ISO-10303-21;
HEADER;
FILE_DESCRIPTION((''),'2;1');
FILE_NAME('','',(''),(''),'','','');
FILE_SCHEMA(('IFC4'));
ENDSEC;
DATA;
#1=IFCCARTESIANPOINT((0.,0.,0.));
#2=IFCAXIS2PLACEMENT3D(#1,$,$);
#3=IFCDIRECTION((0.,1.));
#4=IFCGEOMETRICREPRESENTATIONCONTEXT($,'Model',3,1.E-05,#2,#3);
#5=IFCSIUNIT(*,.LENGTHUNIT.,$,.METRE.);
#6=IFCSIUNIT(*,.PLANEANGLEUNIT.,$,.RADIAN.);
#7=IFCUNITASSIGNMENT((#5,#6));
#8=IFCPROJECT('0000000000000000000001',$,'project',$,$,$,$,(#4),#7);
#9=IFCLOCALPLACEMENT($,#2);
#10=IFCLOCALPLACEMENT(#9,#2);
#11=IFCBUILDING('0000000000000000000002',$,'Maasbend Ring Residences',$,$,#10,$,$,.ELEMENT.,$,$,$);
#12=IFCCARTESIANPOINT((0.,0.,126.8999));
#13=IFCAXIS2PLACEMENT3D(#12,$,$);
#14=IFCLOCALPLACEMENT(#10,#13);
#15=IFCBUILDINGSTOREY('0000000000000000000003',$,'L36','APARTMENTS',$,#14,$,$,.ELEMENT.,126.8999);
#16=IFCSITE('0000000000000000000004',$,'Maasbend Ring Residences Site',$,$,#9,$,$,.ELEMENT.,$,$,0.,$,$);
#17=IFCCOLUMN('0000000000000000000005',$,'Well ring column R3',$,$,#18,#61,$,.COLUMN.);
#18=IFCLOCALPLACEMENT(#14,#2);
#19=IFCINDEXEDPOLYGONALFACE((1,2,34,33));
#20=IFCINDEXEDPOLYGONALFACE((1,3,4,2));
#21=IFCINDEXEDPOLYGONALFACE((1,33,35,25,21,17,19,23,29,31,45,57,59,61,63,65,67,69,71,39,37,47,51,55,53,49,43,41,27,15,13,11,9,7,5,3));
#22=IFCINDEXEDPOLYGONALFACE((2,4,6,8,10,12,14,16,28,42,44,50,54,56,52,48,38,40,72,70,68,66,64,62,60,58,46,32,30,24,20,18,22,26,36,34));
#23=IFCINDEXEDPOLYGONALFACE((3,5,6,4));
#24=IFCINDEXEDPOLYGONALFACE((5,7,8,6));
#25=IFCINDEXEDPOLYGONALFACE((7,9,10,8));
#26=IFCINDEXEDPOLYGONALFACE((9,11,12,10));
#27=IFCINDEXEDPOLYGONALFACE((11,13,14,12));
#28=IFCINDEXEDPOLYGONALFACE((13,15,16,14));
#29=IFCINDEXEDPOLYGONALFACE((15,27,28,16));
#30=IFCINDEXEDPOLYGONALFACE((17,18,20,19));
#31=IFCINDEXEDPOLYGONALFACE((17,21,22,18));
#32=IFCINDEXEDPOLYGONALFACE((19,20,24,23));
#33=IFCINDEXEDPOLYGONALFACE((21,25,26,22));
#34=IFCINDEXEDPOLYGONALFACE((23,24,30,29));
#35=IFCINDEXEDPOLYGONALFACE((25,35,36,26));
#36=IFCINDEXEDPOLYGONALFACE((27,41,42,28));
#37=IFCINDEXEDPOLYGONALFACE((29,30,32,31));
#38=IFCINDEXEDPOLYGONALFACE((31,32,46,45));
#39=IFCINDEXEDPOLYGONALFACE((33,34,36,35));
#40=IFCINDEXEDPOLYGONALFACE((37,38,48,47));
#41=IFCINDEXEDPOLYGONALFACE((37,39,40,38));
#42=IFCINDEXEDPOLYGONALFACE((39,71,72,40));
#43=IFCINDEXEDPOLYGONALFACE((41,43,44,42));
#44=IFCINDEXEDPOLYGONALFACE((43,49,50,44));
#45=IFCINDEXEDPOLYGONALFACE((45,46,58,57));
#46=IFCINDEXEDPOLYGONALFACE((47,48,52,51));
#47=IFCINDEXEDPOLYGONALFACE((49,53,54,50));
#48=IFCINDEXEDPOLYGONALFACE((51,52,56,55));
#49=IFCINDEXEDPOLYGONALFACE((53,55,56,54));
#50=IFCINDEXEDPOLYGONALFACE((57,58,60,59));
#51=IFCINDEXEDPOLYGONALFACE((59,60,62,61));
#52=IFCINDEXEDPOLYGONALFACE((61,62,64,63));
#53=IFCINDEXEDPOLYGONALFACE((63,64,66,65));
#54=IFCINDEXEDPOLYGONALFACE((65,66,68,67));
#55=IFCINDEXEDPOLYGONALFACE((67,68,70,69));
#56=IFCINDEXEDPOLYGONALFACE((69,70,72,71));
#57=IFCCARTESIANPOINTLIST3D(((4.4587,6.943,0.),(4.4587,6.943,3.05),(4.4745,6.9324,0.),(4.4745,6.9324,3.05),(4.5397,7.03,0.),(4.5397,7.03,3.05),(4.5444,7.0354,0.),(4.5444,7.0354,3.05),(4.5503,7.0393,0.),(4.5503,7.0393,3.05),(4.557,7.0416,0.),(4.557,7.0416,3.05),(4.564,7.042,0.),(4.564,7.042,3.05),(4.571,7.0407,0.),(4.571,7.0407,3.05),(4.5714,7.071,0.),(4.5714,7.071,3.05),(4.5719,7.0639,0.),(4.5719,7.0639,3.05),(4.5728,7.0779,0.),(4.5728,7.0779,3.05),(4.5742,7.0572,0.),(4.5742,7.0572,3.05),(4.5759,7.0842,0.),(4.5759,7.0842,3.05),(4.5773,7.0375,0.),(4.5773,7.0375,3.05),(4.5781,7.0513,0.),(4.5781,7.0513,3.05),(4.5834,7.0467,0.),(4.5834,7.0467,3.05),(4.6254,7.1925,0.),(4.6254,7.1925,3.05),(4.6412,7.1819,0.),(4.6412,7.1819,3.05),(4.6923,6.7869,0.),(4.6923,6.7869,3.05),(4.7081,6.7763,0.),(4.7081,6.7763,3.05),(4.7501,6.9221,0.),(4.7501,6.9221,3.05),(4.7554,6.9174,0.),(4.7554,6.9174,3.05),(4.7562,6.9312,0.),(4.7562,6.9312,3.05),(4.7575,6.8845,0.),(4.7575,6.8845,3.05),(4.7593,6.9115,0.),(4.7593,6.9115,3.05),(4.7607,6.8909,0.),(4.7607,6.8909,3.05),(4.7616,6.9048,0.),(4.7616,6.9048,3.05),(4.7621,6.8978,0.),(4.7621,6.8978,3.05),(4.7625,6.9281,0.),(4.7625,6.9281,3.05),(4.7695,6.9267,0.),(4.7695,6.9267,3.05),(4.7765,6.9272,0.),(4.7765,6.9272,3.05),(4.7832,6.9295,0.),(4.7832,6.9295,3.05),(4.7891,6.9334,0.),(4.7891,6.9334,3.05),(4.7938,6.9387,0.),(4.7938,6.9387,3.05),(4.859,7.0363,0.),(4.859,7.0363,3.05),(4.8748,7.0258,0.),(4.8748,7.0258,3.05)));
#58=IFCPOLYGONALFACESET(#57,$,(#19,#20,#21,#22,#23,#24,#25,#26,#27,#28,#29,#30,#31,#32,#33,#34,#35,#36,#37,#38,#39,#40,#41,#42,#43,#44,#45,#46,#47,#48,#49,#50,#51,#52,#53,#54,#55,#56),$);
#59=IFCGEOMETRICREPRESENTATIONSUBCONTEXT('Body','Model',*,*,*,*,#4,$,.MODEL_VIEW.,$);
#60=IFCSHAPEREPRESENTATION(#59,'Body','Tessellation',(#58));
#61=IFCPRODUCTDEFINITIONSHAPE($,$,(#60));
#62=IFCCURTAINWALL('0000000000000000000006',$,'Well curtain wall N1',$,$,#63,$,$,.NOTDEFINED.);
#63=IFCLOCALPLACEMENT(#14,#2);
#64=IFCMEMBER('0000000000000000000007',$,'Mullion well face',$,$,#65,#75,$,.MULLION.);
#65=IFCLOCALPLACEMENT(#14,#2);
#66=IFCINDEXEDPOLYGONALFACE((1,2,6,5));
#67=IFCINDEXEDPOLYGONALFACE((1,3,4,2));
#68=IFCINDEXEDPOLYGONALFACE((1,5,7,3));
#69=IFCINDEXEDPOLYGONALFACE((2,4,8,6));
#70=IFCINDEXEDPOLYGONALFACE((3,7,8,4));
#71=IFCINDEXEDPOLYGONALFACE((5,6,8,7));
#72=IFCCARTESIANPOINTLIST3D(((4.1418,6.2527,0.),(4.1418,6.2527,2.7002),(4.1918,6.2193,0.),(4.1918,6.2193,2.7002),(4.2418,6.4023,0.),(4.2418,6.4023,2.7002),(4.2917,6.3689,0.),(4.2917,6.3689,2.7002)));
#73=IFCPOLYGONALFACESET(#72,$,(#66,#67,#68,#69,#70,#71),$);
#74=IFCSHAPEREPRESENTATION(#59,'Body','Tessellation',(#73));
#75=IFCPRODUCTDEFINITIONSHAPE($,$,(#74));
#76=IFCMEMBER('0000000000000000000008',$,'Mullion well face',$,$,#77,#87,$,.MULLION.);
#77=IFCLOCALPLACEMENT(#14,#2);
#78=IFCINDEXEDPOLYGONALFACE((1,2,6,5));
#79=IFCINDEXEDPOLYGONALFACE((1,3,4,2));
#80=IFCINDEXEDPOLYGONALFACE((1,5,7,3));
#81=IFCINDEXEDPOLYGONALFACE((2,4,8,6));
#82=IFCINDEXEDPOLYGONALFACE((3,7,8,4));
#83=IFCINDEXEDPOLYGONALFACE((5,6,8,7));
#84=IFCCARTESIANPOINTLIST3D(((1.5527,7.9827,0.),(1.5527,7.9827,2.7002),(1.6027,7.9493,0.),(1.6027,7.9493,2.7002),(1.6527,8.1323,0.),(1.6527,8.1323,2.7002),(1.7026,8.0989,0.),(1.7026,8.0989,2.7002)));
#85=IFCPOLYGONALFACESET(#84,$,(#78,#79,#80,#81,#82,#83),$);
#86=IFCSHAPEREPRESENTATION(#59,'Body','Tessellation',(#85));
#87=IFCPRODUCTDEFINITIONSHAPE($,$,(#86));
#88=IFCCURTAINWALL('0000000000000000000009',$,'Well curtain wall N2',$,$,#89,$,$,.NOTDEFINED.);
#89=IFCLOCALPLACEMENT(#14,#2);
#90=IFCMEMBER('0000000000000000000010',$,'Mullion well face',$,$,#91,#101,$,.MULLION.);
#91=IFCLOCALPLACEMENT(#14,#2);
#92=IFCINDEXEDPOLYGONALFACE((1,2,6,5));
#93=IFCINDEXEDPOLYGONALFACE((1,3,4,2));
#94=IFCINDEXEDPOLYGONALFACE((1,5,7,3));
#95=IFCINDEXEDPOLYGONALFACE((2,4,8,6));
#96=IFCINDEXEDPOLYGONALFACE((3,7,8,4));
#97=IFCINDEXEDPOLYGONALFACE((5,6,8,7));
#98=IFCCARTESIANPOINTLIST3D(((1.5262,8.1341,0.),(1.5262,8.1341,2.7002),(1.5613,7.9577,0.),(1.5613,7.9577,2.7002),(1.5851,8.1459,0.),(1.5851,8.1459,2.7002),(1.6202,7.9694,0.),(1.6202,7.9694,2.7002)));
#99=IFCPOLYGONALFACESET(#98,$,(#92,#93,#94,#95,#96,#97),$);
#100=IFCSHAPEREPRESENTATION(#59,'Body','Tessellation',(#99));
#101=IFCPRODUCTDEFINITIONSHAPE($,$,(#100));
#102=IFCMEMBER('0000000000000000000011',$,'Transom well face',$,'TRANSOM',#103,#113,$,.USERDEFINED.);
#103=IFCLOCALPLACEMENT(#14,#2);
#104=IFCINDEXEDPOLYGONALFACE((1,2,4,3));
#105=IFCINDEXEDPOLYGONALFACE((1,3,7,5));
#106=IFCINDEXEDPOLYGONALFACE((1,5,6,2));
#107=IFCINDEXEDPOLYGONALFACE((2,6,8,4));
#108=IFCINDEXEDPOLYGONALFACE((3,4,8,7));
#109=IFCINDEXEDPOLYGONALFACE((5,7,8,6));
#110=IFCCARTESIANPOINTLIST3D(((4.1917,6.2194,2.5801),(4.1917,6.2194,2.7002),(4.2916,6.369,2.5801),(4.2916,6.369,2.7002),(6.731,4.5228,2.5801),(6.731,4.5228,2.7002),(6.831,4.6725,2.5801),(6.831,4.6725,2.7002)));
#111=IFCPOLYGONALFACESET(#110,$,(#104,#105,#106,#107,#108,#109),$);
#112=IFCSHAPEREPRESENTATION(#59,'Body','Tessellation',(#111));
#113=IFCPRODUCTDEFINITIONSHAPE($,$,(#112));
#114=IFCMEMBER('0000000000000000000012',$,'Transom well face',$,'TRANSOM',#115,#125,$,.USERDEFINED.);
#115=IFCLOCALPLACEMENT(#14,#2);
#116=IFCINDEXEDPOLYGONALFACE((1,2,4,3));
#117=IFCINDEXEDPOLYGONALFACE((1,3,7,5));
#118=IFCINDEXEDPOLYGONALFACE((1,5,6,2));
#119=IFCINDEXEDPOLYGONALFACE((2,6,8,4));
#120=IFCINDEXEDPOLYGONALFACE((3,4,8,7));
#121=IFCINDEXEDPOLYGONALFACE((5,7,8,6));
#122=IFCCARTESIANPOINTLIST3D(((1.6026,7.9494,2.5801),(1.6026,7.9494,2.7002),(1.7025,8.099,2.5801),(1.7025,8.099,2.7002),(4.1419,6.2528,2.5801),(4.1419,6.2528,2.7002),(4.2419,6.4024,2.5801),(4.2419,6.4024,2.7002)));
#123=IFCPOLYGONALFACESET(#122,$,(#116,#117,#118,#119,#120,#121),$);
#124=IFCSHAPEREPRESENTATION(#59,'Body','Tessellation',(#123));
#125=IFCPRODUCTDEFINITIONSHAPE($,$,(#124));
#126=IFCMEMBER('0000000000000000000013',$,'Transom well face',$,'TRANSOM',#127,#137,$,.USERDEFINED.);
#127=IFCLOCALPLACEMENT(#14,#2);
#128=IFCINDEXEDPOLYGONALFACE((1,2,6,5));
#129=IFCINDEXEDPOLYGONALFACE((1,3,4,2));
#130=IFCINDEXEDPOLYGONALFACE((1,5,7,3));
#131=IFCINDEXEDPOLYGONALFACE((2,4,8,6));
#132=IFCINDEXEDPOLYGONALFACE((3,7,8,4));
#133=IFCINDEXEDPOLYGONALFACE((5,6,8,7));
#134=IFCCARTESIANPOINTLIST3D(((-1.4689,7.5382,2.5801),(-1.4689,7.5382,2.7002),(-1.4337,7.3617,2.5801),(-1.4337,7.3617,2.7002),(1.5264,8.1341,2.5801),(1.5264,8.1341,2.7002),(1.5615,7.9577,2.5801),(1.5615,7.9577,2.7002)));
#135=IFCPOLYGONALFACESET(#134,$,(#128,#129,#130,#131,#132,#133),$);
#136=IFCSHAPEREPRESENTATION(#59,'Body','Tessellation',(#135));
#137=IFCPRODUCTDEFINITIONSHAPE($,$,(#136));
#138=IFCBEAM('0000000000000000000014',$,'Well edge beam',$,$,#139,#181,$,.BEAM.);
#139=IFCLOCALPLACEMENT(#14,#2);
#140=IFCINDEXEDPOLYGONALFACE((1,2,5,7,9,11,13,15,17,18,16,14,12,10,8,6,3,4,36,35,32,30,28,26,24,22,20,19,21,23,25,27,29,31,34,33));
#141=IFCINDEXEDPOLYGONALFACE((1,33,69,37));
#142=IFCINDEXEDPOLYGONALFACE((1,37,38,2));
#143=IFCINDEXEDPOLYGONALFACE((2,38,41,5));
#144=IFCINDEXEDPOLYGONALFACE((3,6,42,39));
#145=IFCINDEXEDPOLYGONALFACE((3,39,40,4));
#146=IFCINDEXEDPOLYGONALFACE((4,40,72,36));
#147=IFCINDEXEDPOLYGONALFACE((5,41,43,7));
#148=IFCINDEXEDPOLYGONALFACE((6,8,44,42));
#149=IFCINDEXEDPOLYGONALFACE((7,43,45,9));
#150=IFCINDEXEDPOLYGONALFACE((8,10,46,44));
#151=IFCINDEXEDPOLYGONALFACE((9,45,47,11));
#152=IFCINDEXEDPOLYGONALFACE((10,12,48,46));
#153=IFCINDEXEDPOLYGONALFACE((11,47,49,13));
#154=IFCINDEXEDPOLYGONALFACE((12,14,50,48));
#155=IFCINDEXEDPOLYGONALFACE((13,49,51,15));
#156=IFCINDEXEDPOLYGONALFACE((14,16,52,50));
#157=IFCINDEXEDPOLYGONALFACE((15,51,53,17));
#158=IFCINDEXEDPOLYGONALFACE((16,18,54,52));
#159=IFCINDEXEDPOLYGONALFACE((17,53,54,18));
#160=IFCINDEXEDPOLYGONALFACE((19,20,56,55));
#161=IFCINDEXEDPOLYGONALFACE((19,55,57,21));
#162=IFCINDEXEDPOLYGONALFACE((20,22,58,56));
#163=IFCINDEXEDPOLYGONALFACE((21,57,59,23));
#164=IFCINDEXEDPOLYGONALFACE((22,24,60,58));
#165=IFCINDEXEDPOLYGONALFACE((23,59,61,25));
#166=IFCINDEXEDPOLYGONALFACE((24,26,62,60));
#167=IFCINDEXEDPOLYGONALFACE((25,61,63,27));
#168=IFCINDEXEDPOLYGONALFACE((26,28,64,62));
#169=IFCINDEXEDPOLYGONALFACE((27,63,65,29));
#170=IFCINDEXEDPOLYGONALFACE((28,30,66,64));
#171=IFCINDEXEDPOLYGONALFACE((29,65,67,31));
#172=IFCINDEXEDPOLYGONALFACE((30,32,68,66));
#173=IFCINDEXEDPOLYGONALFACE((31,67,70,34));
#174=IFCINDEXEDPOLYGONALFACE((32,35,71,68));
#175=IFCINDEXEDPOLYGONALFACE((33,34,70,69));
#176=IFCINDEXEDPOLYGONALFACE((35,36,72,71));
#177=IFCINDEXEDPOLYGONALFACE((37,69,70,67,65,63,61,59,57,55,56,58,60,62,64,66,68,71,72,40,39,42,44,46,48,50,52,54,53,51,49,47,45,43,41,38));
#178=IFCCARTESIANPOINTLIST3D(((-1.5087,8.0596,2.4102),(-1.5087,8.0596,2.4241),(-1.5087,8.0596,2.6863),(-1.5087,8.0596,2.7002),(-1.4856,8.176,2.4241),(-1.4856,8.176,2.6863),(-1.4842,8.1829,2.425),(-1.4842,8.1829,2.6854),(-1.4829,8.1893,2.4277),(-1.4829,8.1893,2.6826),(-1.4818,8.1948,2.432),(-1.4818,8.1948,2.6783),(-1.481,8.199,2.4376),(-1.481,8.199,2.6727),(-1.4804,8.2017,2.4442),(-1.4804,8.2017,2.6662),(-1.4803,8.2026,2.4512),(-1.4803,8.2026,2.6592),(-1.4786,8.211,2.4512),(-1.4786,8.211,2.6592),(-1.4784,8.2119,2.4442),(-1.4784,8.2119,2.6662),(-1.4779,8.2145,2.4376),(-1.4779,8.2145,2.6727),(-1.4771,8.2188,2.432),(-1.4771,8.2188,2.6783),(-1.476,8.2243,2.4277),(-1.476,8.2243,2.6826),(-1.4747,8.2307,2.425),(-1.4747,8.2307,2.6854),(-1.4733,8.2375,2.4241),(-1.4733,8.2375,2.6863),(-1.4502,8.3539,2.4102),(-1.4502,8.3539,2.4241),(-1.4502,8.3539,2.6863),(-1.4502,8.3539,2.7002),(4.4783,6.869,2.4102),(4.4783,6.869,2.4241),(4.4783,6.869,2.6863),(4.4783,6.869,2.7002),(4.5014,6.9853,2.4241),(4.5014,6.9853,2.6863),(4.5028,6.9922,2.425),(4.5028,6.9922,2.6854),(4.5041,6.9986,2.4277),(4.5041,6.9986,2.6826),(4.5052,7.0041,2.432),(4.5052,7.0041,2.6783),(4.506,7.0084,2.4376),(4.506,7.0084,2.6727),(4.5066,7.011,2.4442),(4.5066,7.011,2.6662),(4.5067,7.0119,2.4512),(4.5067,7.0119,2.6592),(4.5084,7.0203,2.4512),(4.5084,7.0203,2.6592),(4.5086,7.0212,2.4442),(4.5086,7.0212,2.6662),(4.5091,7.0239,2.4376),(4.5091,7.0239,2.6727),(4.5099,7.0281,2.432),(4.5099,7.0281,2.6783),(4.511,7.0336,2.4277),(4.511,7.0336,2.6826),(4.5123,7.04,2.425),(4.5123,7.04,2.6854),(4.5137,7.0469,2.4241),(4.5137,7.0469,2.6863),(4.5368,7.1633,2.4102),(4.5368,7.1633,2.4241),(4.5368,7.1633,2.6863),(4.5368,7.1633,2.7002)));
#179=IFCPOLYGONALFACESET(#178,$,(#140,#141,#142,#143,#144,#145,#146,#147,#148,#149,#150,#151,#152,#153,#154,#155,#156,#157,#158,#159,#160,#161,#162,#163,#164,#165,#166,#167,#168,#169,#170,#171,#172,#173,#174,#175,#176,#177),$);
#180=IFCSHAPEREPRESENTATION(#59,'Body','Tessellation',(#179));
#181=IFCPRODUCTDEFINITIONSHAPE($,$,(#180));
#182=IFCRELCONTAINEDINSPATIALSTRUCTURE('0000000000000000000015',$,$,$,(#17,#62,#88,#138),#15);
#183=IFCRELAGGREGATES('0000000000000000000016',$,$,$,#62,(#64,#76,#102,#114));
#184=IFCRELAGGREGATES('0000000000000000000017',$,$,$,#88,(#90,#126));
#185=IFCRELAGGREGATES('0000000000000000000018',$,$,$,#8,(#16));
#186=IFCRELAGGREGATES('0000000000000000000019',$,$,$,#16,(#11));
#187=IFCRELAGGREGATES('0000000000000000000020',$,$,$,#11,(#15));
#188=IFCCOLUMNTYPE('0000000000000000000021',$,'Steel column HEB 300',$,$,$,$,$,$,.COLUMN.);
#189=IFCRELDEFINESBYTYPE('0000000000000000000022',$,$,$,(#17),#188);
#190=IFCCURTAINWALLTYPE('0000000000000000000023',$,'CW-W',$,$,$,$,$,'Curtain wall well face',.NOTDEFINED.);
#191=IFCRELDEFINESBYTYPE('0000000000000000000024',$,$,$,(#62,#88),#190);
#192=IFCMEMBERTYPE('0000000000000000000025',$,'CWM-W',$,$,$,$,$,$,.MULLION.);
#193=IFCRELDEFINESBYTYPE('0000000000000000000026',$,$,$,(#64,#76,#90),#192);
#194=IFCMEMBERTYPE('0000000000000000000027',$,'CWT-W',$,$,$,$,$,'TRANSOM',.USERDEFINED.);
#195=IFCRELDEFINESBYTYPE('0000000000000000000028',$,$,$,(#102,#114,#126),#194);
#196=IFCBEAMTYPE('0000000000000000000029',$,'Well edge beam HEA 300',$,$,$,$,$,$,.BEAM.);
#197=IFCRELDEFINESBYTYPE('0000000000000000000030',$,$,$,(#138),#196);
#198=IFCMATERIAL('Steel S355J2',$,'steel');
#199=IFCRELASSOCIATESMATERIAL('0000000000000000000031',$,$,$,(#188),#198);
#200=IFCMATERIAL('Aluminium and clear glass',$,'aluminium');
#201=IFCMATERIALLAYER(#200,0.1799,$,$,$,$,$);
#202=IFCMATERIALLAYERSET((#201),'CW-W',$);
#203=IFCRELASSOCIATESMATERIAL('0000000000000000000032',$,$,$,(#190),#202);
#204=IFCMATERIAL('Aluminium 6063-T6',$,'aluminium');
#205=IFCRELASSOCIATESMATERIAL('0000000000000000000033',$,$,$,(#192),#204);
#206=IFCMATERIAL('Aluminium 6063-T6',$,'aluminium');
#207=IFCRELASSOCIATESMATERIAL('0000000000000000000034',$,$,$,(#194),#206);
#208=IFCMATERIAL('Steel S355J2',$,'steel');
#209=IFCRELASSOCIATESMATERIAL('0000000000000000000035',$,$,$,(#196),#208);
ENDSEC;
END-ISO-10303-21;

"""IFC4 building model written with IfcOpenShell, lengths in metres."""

from ifc_helpers import new_model, si_unit, direction, frame, origin, origin_2d, place, context, subcontext, project, spatial, rectangle, i_section, extrude, material, layer, layer_set, material_profile, profile_set, type_object, element, aggregate, save


model = new_model("IFC4")

# Units and contexts
model_context = context("Model", 3, precision=1e-05, world=origin(), true_north=direction((0.0, 1.0)))
body_context = subcontext(model_context, "Body", "Model", "MODEL_VIEW")
ifc_project = project(units=[si_unit("LENGTHUNIT", "METRE"), si_unit("PLANEANGLEUNIT", "RADIAN")], contexts=[model_context])

# Site, building, storey
site_placement = place(None, origin())
site = spatial("IfcSite", under=ifc_project, at=site_placement, Name="Maasbend Ring Residences Site", CompositionType="ELEMENT", RefElevation=0.0)
building_placement = place(site_placement, origin())
building = spatial("IfcBuilding", under=site, at=building_placement, Name="Maasbend Ring Residences", CompositionType="ELEMENT")
storey_placement = place(building_placement, frame((0.0, 0.0, 126.8999)))
storey = spatial("IfcBuildingStorey", under=building, at=storey_placement, Name="L36", Description="APARTMENTS", CompositionType="ELEMENT", Elevation=126.8999)

# Column
ifc_material_1 = material(Name="Steel S355J2", Category="steel")
ifc_material_profile_1 = material_profile(ifc_material_1, i_section(OverallWidth=0.3, OverallDepth=0.3, WebThickness=0.011, FlangeThickness=0.019, FilletRadius=0.0271, at=origin_2d()), Name="HEB 300")
ifc_profile_set_1 = profile_set([ifc_material_profile_1], Name="Steel S355J2")
column_type = type_object("IfcColumnType", Name="Steel column HEB 300", PredefinedType="COLUMN", material=ifc_profile_set_1)
column_placement = place(storey_placement, frame((4.6667, 6.9844, 0.0), z_axis=(0.0, 0.0, 1.0), x_axis=(0.55557, 0.83147, 0.0)))
element("IfcColumn", 1, at=column_placement, inside=storey, type_object=column_type, Name="Well ring column R3", PredefinedType="COLUMN", context=body_context, shape_type="SweptSolid", body=[
    extrude(i_section(OverallWidth=0.3, OverallDepth=0.3, WebThickness=0.011, FlangeThickness=0.019, FilletRadius=0.0271, at=origin_2d()), origin(), (0.0, 0.0, 1.0), 3.05),
])

# Curtain wall, members
ifc_material_2 = material(Name="Aluminium and clear glass", Category="aluminium")
ifc_layer_1 = layer(ifc_material_2, 0.1799)
ifc_layer_set_1 = layer_set([ifc_layer_1], Name="CW-W")
curtain_wall_type = type_object("IfcCurtainWallType", Name="CW-W", ElementType="Curtain wall well face", PredefinedType="NOTDEFINED", material=ifc_layer_set_1)
curtain_wall_1_placement = place(storey_placement, origin())
curtain_wall_1 = element("IfcCurtainWall", 2, at=curtain_wall_1_placement, inside=storey, type_object=curtain_wall_type, Name="Well curtain wall N1", PredefinedType="NOTDEFINED")
ifc_material_3 = material(Name="Aluminium 6063-T6", Category="aluminium")
ifc_material_profile_2 = material_profile(ifc_material_3, rectangle(XDim=0.1799, YDim=0.0601, at=origin_2d()), Name="AL 180x60")
ifc_profile_set_2 = profile_set([ifc_material_profile_2], Name="Aluminium 6063-T6")
member_type_1 = type_object("IfcMemberType", Name="CWM-W", PredefinedType="MULLION", material=ifc_profile_set_2)
member_1_placement = place(storey_placement, frame((4.2168, 6.3108, 0.0), z_axis=(0.0, 0.0, 1.0), x_axis=(-0.55557, -0.83147, 0.0)))
member_1 = element("IfcMember", 3, at=member_1_placement, type_object=member_type_1, Name="Mullion well face", PredefinedType="MULLION", context=body_context, shape_type="SweptSolid", body=[
    extrude(rectangle(XDim=0.1799, YDim=0.0601, at=origin_2d()), origin(), (0.0, 0.0, 1.0), 2.7002),
])
member_2_placement = place(storey_placement, frame((1.6277, 8.0408, 0.0), z_axis=(0.0, 0.0, 1.0), x_axis=(-0.55557, -0.83147, 0.0)))
member_2 = element("IfcMember", 4, at=member_2_placement, type_object=member_type_1, Name="Mullion well face", PredefinedType="MULLION", context=body_context, shape_type="SweptSolid", body=[
    extrude(rectangle(XDim=0.1799, YDim=0.0601, at=origin_2d()), origin(), (0.0, 0.0, 1.0), 2.7002),
])

# Curtain wall, member
curtain_wall_2_placement = place(storey_placement, origin())
curtain_wall_2 = element("IfcCurtainWall", 5, at=curtain_wall_2_placement, inside=storey, type_object=curtain_wall_type, Name="Well curtain wall N2", PredefinedType="NOTDEFINED")
member_3_placement = place(storey_placement, frame((1.5732, 8.0518, 0.0), z_axis=(0.0, 0.0, 1.0), x_axis=(0.19509, -0.980785, 0.0)))
member_3 = element("IfcMember", 6, at=member_3_placement, type_object=member_type_1, Name="Mullion well face", PredefinedType="MULLION", context=body_context, shape_type="SweptSolid", body=[
    extrude(rectangle(XDim=0.1799, YDim=0.0601, at=origin_2d()), origin(), (0.0, 0.0, 1.0), 2.7002),
])

# Members
ifc_material_4 = material(Name="Aluminium 6063-T6", Category="aluminium")
ifc_material_profile_3 = material_profile(ifc_material_4, rectangle(XDim=0.1799, YDim=0.1201, at=origin_2d()), Name="AL 180x120")
ifc_profile_set_3 = profile_set([ifc_material_profile_3], Name="Aluminium 6063-T6")
member_type_2 = type_object("IfcMemberType", Name="CWT-W", ElementType="TRANSOM", PredefinedType="USERDEFINED", material=ifc_profile_set_3)
member_4_placement = place(storey_placement, frame((6.781, 4.5977, 2.6401), z_axis=(-0.831496, 0.55553, 0.0), x_axis=(-0.55553, -0.831496, 0.0)))
member_4 = element("IfcMember", 7, at=member_4_placement, type_object=member_type_2, Name="Transom well face", ObjectType="TRANSOM", PredefinedType="USERDEFINED", context=body_context, shape_type="SweptSolid", body=[
    extrude(rectangle(XDim=0.1799, YDim=0.1201, at=origin_2d()), origin(), (0.0, 0.0, 1.0), 3.054),
])
member_5_placement = place(storey_placement, frame((4.1919, 6.3276, 2.6401), z_axis=(-0.831496, 0.55553, 0.0), x_axis=(-0.55553, -0.831496, 0.0)))
member_5 = element("IfcMember", 8, at=member_5_placement, type_object=member_type_2, Name="Transom well face", ObjectType="TRANSOM", PredefinedType="USERDEFINED", context=body_context, shape_type="SweptSolid", body=[
    extrude(rectangle(XDim=0.1799, YDim=0.1201, at=origin_2d()), origin(), (0.0, 0.0, 1.0), 3.054),
])
member_6_placement = place(storey_placement, frame((1.5439, 8.0459, 2.6401), z_axis=(-0.980777, -0.195132, 0.0), x_axis=(0.195132, -0.980777, 0.0)))
member_6 = element("IfcMember", 9, at=member_6_placement, type_object=member_type_2, Name="Transom well face", ObjectType="TRANSOM", PredefinedType="USERDEFINED", context=body_context, shape_type="SweptSolid", body=[
    extrude(rectangle(XDim=0.1799, YDim=0.1201, at=origin_2d()), origin(), (0.0, 0.0, 1.0), 3.054),
])

# Beam
ifc_material_5 = material(Name="Steel S355J2", Category="steel")
ifc_material_profile_4 = material_profile(ifc_material_5, i_section(OverallWidth=0.3, OverallDepth=0.29, WebThickness=0.0085, FlangeThickness=0.0139, FilletRadius=0.0271, at=origin_2d()), Name="HEA 300")
ifc_profile_set_4 = profile_set([ifc_material_profile_4], Name="Steel S355J2")
beam_type = type_object("IfcBeamType", Name="Well edge beam HEA 300", PredefinedType="BEAM", material=ifc_profile_set_4)
beam_placement = place(storey_placement, frame((4.5076, 7.0161, 2.5552), z_axis=(-0.980792, 0.195055, 0.0), x_axis=(-0.195055, -0.980792, 0.0)))
element("IfcBeam", 10, at=beam_placement, inside=storey, type_object=beam_type, Name="Well edge beam", PredefinedType="BEAM", context=body_context, shape_type="SweptSolid", body=[
    extrude(i_section(OverallWidth=0.3, OverallDepth=0.29, WebThickness=0.0085, FlangeThickness=0.0139, FilletRadius=0.0271, at=origin_2d()), origin(), (0.0, 0.0, 1.0), 6.1042),
])

aggregate(curtain_wall_1, [member_1, member_2, member_4, member_5])
aggregate(curtain_wall_2, [member_3, member_6])

save(model, "model.ifc")
